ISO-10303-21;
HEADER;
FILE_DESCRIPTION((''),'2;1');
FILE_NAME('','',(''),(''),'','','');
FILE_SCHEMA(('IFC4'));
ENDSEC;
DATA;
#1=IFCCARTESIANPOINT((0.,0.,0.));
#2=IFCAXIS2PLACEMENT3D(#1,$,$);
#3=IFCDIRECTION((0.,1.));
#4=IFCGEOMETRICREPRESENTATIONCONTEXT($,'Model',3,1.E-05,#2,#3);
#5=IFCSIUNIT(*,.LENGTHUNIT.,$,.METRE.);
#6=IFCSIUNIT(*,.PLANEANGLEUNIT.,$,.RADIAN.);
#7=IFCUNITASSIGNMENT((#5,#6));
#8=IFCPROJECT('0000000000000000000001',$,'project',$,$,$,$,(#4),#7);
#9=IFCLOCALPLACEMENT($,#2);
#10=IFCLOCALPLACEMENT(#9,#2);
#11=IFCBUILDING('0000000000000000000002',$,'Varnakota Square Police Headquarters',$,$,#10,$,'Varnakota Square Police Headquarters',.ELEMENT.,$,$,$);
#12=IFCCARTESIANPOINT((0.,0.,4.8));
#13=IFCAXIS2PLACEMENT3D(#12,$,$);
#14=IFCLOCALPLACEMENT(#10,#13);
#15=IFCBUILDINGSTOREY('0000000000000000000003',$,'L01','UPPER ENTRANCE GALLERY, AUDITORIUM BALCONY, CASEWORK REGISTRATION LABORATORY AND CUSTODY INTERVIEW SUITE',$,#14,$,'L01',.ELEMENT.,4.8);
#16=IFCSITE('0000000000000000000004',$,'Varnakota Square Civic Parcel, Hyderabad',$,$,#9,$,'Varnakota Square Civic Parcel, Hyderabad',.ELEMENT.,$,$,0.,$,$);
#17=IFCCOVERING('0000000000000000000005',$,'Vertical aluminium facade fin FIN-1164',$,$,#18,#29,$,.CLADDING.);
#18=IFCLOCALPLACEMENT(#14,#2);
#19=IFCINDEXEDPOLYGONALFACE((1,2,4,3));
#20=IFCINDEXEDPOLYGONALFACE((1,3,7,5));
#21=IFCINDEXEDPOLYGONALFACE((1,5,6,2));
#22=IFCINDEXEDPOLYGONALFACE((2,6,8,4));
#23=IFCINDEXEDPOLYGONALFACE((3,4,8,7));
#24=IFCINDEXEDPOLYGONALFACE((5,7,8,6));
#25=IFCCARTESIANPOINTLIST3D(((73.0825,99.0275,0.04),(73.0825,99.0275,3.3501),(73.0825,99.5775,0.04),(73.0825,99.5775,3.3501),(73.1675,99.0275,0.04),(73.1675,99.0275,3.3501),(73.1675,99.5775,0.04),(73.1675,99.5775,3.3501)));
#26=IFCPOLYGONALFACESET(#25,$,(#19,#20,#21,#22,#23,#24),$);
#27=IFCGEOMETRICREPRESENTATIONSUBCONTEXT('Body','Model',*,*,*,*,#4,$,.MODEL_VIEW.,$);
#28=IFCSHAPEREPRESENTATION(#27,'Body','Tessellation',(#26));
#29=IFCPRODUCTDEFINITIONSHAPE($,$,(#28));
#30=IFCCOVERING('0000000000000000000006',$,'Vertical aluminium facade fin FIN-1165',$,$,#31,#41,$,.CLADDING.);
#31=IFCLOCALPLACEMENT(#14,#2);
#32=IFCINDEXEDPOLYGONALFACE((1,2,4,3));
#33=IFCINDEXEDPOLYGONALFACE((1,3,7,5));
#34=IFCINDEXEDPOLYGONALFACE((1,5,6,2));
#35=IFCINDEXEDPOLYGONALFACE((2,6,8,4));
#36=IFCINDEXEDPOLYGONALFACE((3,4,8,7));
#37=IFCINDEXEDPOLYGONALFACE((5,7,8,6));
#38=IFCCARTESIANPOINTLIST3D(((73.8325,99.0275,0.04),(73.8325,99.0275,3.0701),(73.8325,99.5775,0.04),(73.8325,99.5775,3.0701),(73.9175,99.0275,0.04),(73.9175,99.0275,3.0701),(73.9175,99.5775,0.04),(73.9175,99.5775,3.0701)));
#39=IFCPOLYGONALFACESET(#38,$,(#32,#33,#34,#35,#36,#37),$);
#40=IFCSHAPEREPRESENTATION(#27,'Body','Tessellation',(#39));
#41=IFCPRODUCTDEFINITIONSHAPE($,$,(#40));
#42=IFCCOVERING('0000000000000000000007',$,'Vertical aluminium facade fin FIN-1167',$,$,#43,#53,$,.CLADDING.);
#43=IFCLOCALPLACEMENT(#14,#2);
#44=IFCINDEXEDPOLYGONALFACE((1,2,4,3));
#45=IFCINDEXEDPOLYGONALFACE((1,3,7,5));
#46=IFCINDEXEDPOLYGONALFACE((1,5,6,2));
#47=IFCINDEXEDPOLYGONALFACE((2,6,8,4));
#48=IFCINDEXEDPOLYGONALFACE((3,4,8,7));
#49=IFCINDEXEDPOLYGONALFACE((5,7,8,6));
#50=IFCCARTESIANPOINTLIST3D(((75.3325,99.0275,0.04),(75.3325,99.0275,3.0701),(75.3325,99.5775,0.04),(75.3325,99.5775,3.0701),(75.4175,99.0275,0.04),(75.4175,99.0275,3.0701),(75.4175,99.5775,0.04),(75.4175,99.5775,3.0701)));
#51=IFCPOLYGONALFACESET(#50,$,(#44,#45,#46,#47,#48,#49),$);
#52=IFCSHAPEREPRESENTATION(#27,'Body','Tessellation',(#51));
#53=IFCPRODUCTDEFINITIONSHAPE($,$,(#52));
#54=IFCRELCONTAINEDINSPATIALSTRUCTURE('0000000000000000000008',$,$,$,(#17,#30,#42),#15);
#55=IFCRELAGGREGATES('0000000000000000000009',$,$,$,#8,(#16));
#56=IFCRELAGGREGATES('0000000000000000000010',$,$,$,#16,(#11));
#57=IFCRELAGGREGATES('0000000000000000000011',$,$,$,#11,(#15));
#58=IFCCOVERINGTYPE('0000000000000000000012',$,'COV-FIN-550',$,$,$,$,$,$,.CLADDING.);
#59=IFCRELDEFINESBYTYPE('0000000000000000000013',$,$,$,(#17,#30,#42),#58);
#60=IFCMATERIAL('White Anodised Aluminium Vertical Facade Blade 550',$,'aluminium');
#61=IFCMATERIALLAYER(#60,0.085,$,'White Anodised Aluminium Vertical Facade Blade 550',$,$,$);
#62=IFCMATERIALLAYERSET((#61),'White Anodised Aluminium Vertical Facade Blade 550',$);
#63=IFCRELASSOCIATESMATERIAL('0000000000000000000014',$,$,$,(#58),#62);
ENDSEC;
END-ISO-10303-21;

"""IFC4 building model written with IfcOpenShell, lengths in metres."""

from ifc_helpers import new_model, si_unit, direction, frame, origin, origin_2d, place, context, subcontext, project, spatial, rectangle, extrude, material, layer, layer_set, type_object, element, save


model = new_model("IFC4")

# Units and contexts
model_context = context("Model", 3, precision=1e-05, world=origin(), true_north=direction((0.0, 1.0)))
body_context = subcontext(model_context, "Body", "Model", "MODEL_VIEW")
ifc_project = project(units=[si_unit("LENGTHUNIT", "METRE"), si_unit("PLANEANGLEUNIT", "RADIAN")], contexts=[model_context])

# Site, building, storey
site_placement = place(None, origin())
site = spatial("IfcSite", under=ifc_project, at=site_placement, Name="Varnakota Square Civic Parcel, Hyderabad", LongName="Varnakota Square Civic Parcel, Hyderabad", CompositionType="ELEMENT", RefElevation=0.0)
building_placement = place(site_placement, origin())
building = spatial("IfcBuilding", under=site, at=building_placement, Name="Varnakota Square Police Headquarters", LongName="Varnakota Square Police Headquarters", CompositionType="ELEMENT")
storey_placement = place(building_placement, frame((0.0, 0.0, 4.8)))
storey = spatial("IfcBuildingStorey", under=building, at=storey_placement, Name="L01", Description="UPPER ENTRANCE GALLERY, AUDITORIUM BALCONY, CASEWORK REGISTRATION LABORATORY AND CUSTODY INTERVIEW SUITE", LongName="L01", CompositionType="ELEMENT", Elevation=4.8)

# Coverings
ifc_material_1 = material(Name="White Anodised Aluminium Vertical Facade Blade 550", Category="aluminium")
ifc_layer_1 = layer(ifc_material_1, 0.085, Name="White Anodised Aluminium Vertical Facade Blade 550")
ifc_layer_set_1 = layer_set([ifc_layer_1], Name="White Anodised Aluminium Vertical Facade Blade 550")
covering_type_1 = type_object("IfcCoveringType", Name="COV-FIN-550", PredefinedType="CLADDING", material=ifc_layer_set_1)
covering_1_placement = place(storey_placement, frame((73.125, 99.3025, 0.04), z_axis=(0.0, 0.0, 1.0), x_axis=(1.0, 0.0, 0.0)))
element("IfcCovering", 1, at=covering_1_placement, inside=storey, type_object=covering_type_1, Name="Vertical aluminium facade fin FIN-1164", PredefinedType="CLADDING", context=body_context, shape_type="SweptSolid", body=[
    extrude(rectangle(XDim=0.085, YDim=0.55, at=origin_2d()), origin(), (0.0, 0.0, 1.0), 3.3101),
])
for number, where, z_axis, x_axis, name in (
    (2, (73.875, 99.3025, 0.04), (0.0, 0.0, 1.0), (1.0, 0.0, 0.0), "Vertical aluminium facade fin FIN-1165"),
    (3, (75.375, 99.3025, 0.04), (0.0, 0.0, 1.0), (1.0, 0.0, 0.0), "Vertical aluminium facade fin FIN-1167"),
):
    element("IfcCovering", number, at=place(storey_placement, frame(where, z_axis=z_axis, x_axis=x_axis)), inside=storey, type_object=covering_type_1, Name=name, PredefinedType="CLADDING", context=body_context, shape_type="SweptSolid", body=[
        extrude(rectangle(XDim=0.085, YDim=0.55, at=origin_2d()), origin(), (0.0, 0.0, 1.0), 3.03),
    ])

save(model, "model.ifc")
